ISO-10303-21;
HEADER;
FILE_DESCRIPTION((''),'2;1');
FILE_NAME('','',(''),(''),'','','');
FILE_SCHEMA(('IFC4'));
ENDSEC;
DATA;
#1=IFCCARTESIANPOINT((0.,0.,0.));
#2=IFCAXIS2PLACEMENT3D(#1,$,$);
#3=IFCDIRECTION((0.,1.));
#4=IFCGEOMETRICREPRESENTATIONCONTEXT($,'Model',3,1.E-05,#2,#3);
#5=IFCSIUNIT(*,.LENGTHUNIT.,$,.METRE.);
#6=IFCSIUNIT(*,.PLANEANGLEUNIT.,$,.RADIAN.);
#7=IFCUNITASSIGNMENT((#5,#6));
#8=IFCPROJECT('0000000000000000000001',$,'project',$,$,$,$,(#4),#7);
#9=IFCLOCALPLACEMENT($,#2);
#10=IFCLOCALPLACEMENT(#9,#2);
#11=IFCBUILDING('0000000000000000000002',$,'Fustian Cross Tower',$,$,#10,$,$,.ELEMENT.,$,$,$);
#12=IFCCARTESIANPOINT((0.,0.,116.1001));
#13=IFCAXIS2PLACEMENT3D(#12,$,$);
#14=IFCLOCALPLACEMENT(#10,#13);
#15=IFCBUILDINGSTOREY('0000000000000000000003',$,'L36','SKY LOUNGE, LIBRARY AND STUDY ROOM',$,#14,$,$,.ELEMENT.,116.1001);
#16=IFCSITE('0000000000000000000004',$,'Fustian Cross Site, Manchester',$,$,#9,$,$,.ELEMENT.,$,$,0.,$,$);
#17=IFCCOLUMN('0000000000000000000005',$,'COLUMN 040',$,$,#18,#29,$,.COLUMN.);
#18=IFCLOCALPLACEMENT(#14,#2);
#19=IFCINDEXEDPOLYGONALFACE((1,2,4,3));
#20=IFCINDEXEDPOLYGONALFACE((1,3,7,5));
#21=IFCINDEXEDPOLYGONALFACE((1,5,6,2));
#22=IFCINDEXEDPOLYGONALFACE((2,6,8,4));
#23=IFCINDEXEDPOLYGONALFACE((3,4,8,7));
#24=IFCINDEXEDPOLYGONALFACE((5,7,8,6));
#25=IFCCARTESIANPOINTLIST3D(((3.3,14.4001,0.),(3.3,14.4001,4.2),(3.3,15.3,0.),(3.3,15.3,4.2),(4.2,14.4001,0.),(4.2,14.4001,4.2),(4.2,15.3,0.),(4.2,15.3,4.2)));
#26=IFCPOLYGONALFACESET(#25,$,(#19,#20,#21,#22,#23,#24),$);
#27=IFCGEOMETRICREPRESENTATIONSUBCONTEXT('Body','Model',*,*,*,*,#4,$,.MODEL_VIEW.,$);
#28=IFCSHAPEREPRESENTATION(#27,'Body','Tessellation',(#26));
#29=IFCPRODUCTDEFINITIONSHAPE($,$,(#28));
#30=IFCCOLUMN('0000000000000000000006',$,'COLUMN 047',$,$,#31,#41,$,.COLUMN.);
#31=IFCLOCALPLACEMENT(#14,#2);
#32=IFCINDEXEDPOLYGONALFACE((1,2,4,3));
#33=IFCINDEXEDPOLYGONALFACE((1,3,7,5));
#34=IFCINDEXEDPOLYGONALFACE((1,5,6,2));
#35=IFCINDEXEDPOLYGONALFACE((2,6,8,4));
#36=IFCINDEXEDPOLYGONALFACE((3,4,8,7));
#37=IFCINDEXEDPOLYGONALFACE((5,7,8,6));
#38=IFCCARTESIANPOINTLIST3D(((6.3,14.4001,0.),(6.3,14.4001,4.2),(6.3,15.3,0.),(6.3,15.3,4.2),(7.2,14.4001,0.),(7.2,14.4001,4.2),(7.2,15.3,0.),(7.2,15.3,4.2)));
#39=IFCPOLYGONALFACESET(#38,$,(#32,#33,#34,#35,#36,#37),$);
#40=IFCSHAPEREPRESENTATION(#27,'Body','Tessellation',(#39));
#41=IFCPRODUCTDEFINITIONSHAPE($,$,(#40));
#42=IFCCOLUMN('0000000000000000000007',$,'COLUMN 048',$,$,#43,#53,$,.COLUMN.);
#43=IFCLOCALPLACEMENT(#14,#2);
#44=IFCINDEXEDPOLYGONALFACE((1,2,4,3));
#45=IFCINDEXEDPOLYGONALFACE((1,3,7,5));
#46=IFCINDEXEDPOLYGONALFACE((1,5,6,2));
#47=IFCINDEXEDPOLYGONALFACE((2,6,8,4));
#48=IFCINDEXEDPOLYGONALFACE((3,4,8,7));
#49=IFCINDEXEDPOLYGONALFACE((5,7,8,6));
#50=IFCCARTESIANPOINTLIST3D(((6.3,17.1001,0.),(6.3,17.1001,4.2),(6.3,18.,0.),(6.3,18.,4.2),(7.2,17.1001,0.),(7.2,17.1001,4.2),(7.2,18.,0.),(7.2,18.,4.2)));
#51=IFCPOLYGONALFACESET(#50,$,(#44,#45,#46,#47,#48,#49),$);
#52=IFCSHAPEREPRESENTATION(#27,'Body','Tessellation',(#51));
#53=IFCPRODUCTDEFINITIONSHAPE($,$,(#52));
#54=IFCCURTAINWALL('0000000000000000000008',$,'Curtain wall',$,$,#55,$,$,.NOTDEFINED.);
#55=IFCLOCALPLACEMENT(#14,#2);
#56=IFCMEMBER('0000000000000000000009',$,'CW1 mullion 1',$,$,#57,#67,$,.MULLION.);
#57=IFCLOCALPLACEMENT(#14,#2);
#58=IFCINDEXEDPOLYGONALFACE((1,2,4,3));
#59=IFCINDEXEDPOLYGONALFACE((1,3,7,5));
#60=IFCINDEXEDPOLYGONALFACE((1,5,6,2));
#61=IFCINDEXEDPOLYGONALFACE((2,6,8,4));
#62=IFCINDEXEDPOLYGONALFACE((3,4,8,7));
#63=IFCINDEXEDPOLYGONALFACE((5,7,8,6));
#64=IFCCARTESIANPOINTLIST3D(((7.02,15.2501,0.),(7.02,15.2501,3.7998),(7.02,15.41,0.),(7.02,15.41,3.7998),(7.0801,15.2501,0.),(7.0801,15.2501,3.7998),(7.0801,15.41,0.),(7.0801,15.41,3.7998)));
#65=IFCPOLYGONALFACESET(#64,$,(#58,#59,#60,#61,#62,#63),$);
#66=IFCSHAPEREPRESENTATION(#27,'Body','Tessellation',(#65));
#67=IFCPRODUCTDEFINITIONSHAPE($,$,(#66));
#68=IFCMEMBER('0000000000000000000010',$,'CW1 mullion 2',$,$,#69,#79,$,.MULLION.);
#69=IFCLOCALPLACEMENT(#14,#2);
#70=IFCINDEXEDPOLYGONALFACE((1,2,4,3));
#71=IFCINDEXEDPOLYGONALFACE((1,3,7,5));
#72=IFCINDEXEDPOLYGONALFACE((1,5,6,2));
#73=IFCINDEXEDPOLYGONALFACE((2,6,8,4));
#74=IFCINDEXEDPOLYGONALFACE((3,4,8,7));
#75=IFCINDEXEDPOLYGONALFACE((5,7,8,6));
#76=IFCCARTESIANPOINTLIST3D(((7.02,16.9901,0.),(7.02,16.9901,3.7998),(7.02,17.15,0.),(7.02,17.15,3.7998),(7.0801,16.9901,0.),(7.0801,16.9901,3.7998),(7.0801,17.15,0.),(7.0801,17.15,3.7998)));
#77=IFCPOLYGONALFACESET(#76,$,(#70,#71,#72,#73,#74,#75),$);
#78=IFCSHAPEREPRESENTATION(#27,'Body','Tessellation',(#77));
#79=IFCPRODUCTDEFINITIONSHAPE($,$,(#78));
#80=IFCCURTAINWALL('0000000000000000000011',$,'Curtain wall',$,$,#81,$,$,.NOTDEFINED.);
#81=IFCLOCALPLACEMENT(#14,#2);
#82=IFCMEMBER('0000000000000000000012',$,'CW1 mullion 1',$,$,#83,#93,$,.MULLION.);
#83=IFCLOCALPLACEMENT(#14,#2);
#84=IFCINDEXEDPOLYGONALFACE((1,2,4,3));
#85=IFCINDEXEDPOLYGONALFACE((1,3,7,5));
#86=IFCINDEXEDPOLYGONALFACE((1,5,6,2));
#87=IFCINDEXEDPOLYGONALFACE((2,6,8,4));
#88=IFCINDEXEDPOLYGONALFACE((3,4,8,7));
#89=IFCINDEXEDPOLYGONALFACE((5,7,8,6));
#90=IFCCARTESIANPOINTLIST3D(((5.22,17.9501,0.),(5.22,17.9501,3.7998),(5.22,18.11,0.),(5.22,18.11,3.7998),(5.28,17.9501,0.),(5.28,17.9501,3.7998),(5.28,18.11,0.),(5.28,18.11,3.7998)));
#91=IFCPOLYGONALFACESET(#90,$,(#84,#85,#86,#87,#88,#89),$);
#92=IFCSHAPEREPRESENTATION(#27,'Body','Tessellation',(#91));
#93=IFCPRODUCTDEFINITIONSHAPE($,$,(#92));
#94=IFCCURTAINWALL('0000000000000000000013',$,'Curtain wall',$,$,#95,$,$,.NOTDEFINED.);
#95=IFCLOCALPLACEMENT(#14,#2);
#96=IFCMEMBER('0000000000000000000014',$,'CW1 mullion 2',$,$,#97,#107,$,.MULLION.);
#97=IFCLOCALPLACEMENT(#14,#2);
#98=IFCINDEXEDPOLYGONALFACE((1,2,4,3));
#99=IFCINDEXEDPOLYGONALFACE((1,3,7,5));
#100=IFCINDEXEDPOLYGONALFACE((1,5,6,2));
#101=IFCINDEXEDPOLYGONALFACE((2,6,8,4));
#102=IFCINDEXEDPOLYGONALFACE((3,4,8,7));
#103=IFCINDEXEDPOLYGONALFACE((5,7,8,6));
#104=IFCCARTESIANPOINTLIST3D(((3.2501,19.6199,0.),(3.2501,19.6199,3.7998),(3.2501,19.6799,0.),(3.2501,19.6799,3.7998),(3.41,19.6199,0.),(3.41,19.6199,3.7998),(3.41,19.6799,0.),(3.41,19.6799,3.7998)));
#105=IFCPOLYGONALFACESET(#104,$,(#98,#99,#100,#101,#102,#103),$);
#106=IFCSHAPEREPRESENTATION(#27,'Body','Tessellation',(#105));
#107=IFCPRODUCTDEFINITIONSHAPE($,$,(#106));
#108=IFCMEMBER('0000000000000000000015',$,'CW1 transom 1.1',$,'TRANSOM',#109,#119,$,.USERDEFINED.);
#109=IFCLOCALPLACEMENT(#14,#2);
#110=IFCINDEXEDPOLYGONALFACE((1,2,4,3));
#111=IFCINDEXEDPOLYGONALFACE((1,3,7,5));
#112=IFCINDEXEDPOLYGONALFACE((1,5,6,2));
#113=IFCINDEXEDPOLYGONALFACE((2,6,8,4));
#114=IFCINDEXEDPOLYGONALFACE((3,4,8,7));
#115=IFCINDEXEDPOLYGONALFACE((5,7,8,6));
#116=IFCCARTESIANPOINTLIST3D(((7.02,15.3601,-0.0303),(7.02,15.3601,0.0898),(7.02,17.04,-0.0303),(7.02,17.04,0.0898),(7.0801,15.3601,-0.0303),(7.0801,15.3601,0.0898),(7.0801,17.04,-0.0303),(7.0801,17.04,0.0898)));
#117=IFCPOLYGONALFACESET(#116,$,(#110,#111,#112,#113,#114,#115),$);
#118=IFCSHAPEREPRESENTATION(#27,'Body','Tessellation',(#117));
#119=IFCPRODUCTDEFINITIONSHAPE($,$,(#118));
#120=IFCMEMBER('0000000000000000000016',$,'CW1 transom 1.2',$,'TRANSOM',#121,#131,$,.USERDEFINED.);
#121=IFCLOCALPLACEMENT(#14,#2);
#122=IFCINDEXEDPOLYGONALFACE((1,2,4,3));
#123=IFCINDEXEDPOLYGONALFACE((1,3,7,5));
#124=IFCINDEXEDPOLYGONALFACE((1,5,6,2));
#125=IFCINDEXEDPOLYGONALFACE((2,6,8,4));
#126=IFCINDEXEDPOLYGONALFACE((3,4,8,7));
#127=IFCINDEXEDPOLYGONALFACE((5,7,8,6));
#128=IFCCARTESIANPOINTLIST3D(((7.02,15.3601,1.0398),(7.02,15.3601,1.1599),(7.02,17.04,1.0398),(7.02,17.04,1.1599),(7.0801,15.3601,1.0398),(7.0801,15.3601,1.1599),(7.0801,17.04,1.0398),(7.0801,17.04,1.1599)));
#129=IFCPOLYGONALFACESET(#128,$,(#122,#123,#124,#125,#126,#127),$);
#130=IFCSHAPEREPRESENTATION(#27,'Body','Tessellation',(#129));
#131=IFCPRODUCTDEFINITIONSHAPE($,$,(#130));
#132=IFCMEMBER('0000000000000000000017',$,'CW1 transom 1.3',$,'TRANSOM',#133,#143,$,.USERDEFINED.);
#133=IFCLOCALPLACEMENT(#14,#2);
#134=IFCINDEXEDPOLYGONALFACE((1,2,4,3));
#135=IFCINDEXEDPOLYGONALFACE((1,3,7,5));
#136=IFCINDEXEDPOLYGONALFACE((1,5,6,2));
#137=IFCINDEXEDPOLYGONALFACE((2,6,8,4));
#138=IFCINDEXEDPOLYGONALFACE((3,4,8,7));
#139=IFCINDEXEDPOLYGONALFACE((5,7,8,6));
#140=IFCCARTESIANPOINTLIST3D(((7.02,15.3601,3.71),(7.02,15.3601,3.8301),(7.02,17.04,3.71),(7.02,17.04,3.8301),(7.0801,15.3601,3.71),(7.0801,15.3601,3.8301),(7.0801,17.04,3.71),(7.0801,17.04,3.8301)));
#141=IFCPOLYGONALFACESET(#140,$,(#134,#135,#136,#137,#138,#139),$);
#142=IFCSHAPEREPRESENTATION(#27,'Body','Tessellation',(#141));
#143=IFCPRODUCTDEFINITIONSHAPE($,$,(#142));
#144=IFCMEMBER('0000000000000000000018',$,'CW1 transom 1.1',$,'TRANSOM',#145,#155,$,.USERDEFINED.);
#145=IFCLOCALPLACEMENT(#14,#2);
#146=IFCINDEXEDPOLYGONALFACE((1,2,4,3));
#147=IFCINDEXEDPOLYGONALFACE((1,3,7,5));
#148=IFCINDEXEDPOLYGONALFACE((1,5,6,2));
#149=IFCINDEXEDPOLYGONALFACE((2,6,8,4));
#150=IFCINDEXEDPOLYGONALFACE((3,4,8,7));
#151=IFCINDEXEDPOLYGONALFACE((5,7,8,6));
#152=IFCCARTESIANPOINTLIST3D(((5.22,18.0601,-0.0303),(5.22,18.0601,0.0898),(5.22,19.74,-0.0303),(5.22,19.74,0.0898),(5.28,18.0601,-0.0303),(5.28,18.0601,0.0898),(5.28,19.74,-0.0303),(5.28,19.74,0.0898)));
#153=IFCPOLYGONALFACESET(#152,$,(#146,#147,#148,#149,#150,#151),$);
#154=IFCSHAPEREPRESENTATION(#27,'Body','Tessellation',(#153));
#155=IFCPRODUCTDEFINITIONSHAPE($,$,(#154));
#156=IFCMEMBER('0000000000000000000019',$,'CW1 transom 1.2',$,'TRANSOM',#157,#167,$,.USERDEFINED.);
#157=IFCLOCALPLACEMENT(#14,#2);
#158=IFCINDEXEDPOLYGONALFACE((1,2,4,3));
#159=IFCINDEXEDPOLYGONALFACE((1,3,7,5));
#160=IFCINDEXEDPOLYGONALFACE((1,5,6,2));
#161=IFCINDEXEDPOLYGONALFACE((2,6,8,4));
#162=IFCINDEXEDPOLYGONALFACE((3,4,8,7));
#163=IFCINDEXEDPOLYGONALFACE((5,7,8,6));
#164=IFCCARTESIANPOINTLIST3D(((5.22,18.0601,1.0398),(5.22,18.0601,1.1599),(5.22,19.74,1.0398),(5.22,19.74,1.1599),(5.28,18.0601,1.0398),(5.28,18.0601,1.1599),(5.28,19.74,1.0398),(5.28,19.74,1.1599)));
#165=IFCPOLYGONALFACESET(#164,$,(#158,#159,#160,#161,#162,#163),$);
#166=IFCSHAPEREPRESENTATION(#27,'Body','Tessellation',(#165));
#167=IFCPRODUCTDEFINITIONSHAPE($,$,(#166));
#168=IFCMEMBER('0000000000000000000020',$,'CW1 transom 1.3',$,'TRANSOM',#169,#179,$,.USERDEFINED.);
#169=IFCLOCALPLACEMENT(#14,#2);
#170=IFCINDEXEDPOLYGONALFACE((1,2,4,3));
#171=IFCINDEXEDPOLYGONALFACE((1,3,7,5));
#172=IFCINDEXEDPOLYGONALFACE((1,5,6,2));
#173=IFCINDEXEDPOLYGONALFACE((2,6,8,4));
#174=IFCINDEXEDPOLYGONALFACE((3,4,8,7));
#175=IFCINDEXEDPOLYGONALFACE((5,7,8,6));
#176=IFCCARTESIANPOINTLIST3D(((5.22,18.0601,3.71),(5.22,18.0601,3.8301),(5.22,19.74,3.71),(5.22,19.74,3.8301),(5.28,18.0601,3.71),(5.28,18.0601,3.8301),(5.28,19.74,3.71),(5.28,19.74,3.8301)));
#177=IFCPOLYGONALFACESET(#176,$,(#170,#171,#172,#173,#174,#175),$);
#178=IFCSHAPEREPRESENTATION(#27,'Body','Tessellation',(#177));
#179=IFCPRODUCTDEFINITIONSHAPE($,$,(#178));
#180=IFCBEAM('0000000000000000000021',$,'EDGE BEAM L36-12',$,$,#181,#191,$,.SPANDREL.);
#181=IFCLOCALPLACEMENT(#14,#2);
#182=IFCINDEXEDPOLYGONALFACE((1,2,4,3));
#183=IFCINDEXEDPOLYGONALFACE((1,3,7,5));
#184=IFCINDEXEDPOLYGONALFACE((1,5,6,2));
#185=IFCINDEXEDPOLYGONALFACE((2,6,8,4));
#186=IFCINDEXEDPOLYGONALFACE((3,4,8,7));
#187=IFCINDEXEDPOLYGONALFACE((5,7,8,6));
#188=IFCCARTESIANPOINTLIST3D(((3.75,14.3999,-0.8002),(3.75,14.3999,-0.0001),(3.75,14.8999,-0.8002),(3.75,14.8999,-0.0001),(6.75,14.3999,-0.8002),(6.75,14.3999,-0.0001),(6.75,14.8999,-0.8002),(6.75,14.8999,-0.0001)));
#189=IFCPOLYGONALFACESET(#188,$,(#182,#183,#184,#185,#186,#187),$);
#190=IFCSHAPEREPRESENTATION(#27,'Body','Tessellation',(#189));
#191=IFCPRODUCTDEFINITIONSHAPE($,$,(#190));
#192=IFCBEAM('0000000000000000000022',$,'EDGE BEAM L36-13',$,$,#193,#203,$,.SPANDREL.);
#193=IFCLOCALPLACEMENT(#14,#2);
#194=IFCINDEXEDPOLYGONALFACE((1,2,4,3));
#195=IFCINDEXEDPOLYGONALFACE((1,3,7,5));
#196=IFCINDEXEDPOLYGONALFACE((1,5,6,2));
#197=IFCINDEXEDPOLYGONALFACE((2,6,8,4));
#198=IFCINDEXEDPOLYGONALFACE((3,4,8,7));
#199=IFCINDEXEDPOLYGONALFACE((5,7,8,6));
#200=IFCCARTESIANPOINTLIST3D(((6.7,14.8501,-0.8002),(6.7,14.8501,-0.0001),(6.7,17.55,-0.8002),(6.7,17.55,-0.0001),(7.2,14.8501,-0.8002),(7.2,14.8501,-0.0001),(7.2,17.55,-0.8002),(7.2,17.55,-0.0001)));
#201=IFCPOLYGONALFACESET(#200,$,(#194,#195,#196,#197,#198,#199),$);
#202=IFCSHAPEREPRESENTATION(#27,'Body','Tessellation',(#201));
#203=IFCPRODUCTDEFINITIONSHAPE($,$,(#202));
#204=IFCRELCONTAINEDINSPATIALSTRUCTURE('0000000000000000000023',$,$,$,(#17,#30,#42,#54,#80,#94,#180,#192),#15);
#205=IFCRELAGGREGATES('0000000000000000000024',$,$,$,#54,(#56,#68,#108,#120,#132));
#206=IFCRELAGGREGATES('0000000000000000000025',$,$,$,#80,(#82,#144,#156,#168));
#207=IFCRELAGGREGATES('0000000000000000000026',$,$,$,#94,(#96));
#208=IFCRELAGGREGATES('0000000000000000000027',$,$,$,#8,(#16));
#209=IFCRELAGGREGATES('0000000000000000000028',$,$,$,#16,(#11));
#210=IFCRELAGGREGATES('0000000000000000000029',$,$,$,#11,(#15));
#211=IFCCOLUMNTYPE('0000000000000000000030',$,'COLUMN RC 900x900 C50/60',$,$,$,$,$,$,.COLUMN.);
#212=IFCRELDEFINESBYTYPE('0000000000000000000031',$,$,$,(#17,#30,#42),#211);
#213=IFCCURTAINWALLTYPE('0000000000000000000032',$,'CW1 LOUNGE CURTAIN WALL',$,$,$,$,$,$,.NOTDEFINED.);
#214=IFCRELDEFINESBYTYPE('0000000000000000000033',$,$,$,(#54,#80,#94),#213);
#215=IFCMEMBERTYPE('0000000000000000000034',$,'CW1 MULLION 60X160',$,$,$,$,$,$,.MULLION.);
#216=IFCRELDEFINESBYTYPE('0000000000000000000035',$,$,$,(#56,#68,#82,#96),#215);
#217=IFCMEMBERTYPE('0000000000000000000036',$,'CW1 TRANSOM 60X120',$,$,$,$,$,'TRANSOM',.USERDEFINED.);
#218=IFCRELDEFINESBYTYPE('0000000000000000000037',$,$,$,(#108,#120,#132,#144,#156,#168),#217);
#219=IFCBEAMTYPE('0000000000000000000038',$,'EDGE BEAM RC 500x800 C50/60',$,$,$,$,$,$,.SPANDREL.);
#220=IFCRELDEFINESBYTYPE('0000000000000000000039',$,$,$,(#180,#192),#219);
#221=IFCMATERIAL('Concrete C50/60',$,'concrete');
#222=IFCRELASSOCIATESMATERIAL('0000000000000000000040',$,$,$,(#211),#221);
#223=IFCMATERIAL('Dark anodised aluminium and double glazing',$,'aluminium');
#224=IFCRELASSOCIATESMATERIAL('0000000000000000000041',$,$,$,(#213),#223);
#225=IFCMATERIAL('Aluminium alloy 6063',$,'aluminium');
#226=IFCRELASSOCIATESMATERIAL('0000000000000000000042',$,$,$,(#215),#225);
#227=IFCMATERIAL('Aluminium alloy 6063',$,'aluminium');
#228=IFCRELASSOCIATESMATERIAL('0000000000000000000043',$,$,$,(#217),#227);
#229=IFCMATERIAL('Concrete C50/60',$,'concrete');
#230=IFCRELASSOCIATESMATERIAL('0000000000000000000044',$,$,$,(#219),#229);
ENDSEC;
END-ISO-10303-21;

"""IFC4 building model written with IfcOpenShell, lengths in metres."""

from ifc_helpers import new_model, si_unit, direction, frame, origin, origin_2d, place, context, subcontext, project, spatial, rectangle, extrude, material, material_profile, profile_set, type_object, element, aggregate, save


model = new_model("IFC4")

# Units and contexts
model_context = context("Model", 3, precision=1e-05, world=origin(), true_north=direction((0.0, 1.0)))
body_context = subcontext(model_context, "Body", "Model", "MODEL_VIEW")
ifc_project = project(units=[si_unit("LENGTHUNIT", "METRE"), si_unit("PLANEANGLEUNIT", "RADIAN")], contexts=[model_context])

# Site, building, storey
site_placement = place(None, origin())
site = spatial("IfcSite", under=ifc_project, at=site_placement, Name="Fustian Cross Site, Manchester", CompositionType="ELEMENT", RefElevation=0.0)
building_placement = place(site_placement, origin())
building = spatial("IfcBuilding", under=site, at=building_placement, Name="Fustian Cross Tower", CompositionType="ELEMENT")
storey_placement = place(building_placement, frame((0.0, 0.0, 116.1001)))
storey = spatial("IfcBuildingStorey", under=building, at=storey_placement, Name="L36", Description="SKY LOUNGE, LIBRARY AND STUDY ROOM", CompositionType="ELEMENT", Elevation=116.1001)

# Columns
ifc_material_1 = material(Name="Concrete C50/60", Category="concrete")
ifc_material_profile_1 = material_profile(ifc_material_1, rectangle(XDim=0.8999, YDim=0.8999, at=origin_2d()), Name="RC 900x900")
ifc_profile_set_1 = profile_set([ifc_material_profile_1], Name="Concrete C50/60")
column_type = type_object("IfcColumnType", Name="COLUMN RC 900x900 C50/60", PredefinedType="COLUMN", material=ifc_profile_set_1)
for number, where, z_axis, x_axis, name in (
    (1, (3.75, 14.8501, 0.0), (0.0, 0.0, 1.0), (1.0, 0.0, 0.0), "COLUMN 040"),
    (2, (6.75, 14.8501, 0.0), (0.0, 0.0, 1.0), (1.0, 0.0, 0.0), "COLUMN 047"),
    (3, (6.75, 17.55, 0.0), (0.0, 0.0, 1.0), (1.0, 0.0, 0.0), "COLUMN 048"),
):
    element("IfcColumn", number, at=place(storey_placement, frame(where, z_axis=z_axis, x_axis=x_axis)), inside=storey, type_object=column_type, Name=name, PredefinedType="COLUMN", context=body_context, shape_type="SweptSolid", body=[
        extrude(rectangle(XDim=0.8999, YDim=0.8999, at=origin_2d()), origin(), (0.0, 0.0, 1.0), 4.2),
    ])

# Curtain wall, members
ifc_material_2 = material(Name="Dark anodised aluminium and double glazing", Category="aluminium")
curtain_wall_type = type_object("IfcCurtainWallType", Name="CW1 LOUNGE CURTAIN WALL", PredefinedType="NOTDEFINED", material=ifc_material_2)
curtain_wall_1_placement = place(storey_placement, origin())
curtain_wall_1 = element("IfcCurtainWall", 4, at=curtain_wall_1_placement, inside=storey, type_object=curtain_wall_type, Name="Curtain wall", PredefinedType="NOTDEFINED")
ifc_material_3 = material(Name="Aluminium alloy 6063", Category="aluminium")
ifc_material_profile_2 = material_profile(ifc_material_3, rectangle(XDim=0.0601, YDim=0.1599, at=origin_2d()), Name="CW1 MULLION 60X160")
ifc_profile_set_2 = profile_set([ifc_material_profile_2], Name="Aluminium alloy 6063")
member_type_1 = type_object("IfcMemberType", Name="CW1 MULLION 60X160", PredefinedType="MULLION", material=ifc_profile_set_2)
member_1_placement = place(storey_placement, frame((7.05, 15.3301, 0.0), z_axis=(0.0, 0.0, 1.0), x_axis=(-1.0, 0.0, 0.0)))
member_1 = element("IfcMember", 5, at=member_1_placement, type_object=member_type_1, Name="CW1 mullion 1", PredefinedType="MULLION", context=body_context, shape_type="SweptSolid", body=[
    extrude(rectangle(XDim=0.0601, YDim=0.1599, at=origin_2d()), origin(), (0.0, 0.0, 1.0), 3.7998),
])
member_2_placement = place(storey_placement, frame((7.05, 17.0701, 0.0), z_axis=(0.0, 0.0, 1.0), x_axis=(-1.0, 0.0, 0.0)))
member_2 = element("IfcMember", 6, at=member_2_placement, type_object=member_type_1, Name="CW1 mullion 2", PredefinedType="MULLION", context=body_context, shape_type="SweptSolid", body=[
    extrude(rectangle(XDim=0.0601, YDim=0.1599, at=origin_2d()), origin(), (0.0, 0.0, 1.0), 3.7998),
])

# Curtain walls, members
curtain_wall_2_placement = place(storey_placement, origin())
curtain_wall_2 = element("IfcCurtainWall", 7, at=curtain_wall_2_placement, inside=storey, type_object=curtain_wall_type, Name="Curtain wall", PredefinedType="NOTDEFINED")
member_3_placement = place(storey_placement, frame((5.25, 18.03, 0.0), z_axis=(0.0, 0.0, 1.0), x_axis=(-1.0, 0.0, 0.0)))
member_3 = element("IfcMember", 8, at=member_3_placement, type_object=member_type_1, Name="CW1 mullion 1", PredefinedType="MULLION", context=body_context, shape_type="SweptSolid", body=[
    extrude(rectangle(XDim=0.0601, YDim=0.1599, at=origin_2d()), origin(), (0.0, 0.0, 1.0), 3.7998),
])
curtain_wall_3_placement = place(storey_placement, origin())
curtain_wall_3 = element("IfcCurtainWall", 9, at=curtain_wall_3_placement, inside=storey, type_object=curtain_wall_type, Name="Curtain wall", PredefinedType="NOTDEFINED")
member_4_placement = place(storey_placement, frame((3.3301, 19.6499, 0.0), z_axis=(0.0, 0.0, 1.0), x_axis=(0.0, -1.0, 0.0)))
member_4 = element("IfcMember", 10, at=member_4_placement, type_object=member_type_1, Name="CW1 mullion 2", PredefinedType="MULLION", context=body_context, shape_type="SweptSolid", body=[
    extrude(rectangle(XDim=0.0601, YDim=0.1599, at=origin_2d()), origin(), (0.0, 0.0, 1.0), 3.7998),
])

# Members
ifc_material_4 = material(Name="Aluminium alloy 6063", Category="aluminium")
ifc_material_profile_3 = material_profile(ifc_material_4, rectangle(XDim=0.0601, YDim=0.1201, at=origin_2d()), Name="CW1 TRANSOM 60X120")
ifc_profile_set_3 = profile_set([ifc_material_profile_3], Name="Aluminium alloy 6063")
member_type_2 = type_object("IfcMemberType", Name="CW1 TRANSOM 60X120", ElementType="TRANSOM", PredefinedType="USERDEFINED", material=ifc_profile_set_3)
member_5_placement = place(storey_placement, frame((7.05, 15.3601, 0.0298), z_axis=(0.0, 1.0, 0.0), x_axis=(-1.0, 0.0, 0.0)))
member_5 = element("IfcMember", 11, at=member_5_placement, type_object=member_type_2, Name="CW1 transom 1.1", ObjectType="TRANSOM", PredefinedType="USERDEFINED", context=body_context, shape_type="SweptSolid", body=[
    extrude(rectangle(XDim=0.0601, YDim=0.1201, at=origin_2d()), origin(), (0.0, 0.0, 1.0), 1.6799),
])
member_6_placement = place(storey_placement, frame((7.05, 15.3601, 1.0999), z_axis=(0.0, 1.0, 0.0), x_axis=(-1.0, 0.0, 0.0)))
member_6 = element("IfcMember", 12, at=member_6_placement, type_object=member_type_2, Name="CW1 transom 1.2", ObjectType="TRANSOM", PredefinedType="USERDEFINED", context=body_context, shape_type="SweptSolid", body=[
    extrude(rectangle(XDim=0.0601, YDim=0.1201, at=origin_2d()), origin(), (0.0, 0.0, 1.0), 1.6799),
])
member_7_placement = place(storey_placement, frame((7.05, 15.3601, 3.77), z_axis=(0.0, 1.0, 0.0), x_axis=(-1.0, 0.0, 0.0)))
member_7 = element("IfcMember", 13, at=member_7_placement, type_object=member_type_2, Name="CW1 transom 1.3", ObjectType="TRANSOM", PredefinedType="USERDEFINED", context=body_context, shape_type="SweptSolid", body=[
    extrude(rectangle(XDim=0.0601, YDim=0.1201, at=origin_2d()), origin(), (0.0, 0.0, 1.0), 1.6799),
])
member_8_placement = place(storey_placement, frame((5.25, 18.0601, 0.0298), z_axis=(0.0, 1.0, 0.0), x_axis=(-1.0, 0.0, 0.0)))
member_8 = element("IfcMember", 14, at=member_8_placement, type_object=member_type_2, Name="CW1 transom 1.1", ObjectType="TRANSOM", PredefinedType="USERDEFINED", context=body_context, shape_type="SweptSolid", body=[
    extrude(rectangle(XDim=0.0601, YDim=0.1201, at=origin_2d()), origin(), (0.0, 0.0, 1.0), 1.6799),
])
member_9_placement = place(storey_placement, frame((5.25, 18.0601, 1.0999), z_axis=(0.0, 1.0, 0.0), x_axis=(-1.0, 0.0, 0.0)))
member_9 = element("IfcMember", 15, at=member_9_placement, type_object=member_type_2, Name="CW1 transom 1.2", ObjectType="TRANSOM", PredefinedType="USERDEFINED", context=body_context, shape_type="SweptSolid", body=[
    extrude(rectangle(XDim=0.0601, YDim=0.1201, at=origin_2d()), origin(), (0.0, 0.0, 1.0), 1.6799),
])
member_10_placement = place(storey_placement, frame((5.25, 18.0601, 3.77), z_axis=(0.0, 1.0, 0.0), x_axis=(-1.0, 0.0, 0.0)))
member_10 = element("IfcMember", 16, at=member_10_placement, type_object=member_type_2, Name="CW1 transom 1.3", ObjectType="TRANSOM", PredefinedType="USERDEFINED", context=body_context, shape_type="SweptSolid", body=[
    extrude(rectangle(XDim=0.0601, YDim=0.1201, at=origin_2d()), origin(), (0.0, 0.0, 1.0), 1.6799),
])

# Beams
ifc_material_5 = material(Name="Concrete C50/60", Category="concrete")
ifc_material_profile_4 = material_profile(ifc_material_5, rectangle(XDim=0.5, YDim=0.8, at=origin_2d()), Name="RC 500x800")
ifc_profile_set_4 = profile_set([ifc_material_profile_4], Name="Concrete C50/60")
beam_type = type_object("IfcBeamType", Name="EDGE BEAM RC 500x800 C50/60", PredefinedType="SPANDREL", material=ifc_profile_set_4)
beam_1_placement = place(storey_placement, frame((3.75, 14.6499, -0.4001), z_axis=(1.0, 0.0, 0.0), x_axis=(0.0, 1.0, 0.0)))
element("IfcBeam", 17, at=beam_1_placement, inside=storey, type_object=beam_type, Name="EDGE BEAM L36-12", PredefinedType="SPANDREL", context=body_context, shape_type="SweptSolid", body=[
    extrude(rectangle(XDim=0.5, YDim=0.8, at=origin_2d()), origin(), (0.0, 0.0, 1.0), 3.0),
])
beam_2_placement = place(storey_placement, frame((6.95, 14.8501, -0.4001), z_axis=(0.0, 1.0, 0.0), x_axis=(-1.0, 0.0, 0.0)))
element("IfcBeam", 18, at=beam_2_placement, inside=storey, type_object=beam_type, Name="EDGE BEAM L36-13", PredefinedType="SPANDREL", context=body_context, shape_type="SweptSolid", body=[
    extrude(rectangle(XDim=0.5, YDim=0.8, at=origin_2d()), origin(), (0.0, 0.0, 1.0), 2.7),
])

aggregate(curtain_wall_1, [member_1, member_2, member_5, member_6, member_7])
aggregate(curtain_wall_2, [member_3, member_8, member_9, member_10])
aggregate(curtain_wall_3, [member_4])

save(model, "model.ifc")
